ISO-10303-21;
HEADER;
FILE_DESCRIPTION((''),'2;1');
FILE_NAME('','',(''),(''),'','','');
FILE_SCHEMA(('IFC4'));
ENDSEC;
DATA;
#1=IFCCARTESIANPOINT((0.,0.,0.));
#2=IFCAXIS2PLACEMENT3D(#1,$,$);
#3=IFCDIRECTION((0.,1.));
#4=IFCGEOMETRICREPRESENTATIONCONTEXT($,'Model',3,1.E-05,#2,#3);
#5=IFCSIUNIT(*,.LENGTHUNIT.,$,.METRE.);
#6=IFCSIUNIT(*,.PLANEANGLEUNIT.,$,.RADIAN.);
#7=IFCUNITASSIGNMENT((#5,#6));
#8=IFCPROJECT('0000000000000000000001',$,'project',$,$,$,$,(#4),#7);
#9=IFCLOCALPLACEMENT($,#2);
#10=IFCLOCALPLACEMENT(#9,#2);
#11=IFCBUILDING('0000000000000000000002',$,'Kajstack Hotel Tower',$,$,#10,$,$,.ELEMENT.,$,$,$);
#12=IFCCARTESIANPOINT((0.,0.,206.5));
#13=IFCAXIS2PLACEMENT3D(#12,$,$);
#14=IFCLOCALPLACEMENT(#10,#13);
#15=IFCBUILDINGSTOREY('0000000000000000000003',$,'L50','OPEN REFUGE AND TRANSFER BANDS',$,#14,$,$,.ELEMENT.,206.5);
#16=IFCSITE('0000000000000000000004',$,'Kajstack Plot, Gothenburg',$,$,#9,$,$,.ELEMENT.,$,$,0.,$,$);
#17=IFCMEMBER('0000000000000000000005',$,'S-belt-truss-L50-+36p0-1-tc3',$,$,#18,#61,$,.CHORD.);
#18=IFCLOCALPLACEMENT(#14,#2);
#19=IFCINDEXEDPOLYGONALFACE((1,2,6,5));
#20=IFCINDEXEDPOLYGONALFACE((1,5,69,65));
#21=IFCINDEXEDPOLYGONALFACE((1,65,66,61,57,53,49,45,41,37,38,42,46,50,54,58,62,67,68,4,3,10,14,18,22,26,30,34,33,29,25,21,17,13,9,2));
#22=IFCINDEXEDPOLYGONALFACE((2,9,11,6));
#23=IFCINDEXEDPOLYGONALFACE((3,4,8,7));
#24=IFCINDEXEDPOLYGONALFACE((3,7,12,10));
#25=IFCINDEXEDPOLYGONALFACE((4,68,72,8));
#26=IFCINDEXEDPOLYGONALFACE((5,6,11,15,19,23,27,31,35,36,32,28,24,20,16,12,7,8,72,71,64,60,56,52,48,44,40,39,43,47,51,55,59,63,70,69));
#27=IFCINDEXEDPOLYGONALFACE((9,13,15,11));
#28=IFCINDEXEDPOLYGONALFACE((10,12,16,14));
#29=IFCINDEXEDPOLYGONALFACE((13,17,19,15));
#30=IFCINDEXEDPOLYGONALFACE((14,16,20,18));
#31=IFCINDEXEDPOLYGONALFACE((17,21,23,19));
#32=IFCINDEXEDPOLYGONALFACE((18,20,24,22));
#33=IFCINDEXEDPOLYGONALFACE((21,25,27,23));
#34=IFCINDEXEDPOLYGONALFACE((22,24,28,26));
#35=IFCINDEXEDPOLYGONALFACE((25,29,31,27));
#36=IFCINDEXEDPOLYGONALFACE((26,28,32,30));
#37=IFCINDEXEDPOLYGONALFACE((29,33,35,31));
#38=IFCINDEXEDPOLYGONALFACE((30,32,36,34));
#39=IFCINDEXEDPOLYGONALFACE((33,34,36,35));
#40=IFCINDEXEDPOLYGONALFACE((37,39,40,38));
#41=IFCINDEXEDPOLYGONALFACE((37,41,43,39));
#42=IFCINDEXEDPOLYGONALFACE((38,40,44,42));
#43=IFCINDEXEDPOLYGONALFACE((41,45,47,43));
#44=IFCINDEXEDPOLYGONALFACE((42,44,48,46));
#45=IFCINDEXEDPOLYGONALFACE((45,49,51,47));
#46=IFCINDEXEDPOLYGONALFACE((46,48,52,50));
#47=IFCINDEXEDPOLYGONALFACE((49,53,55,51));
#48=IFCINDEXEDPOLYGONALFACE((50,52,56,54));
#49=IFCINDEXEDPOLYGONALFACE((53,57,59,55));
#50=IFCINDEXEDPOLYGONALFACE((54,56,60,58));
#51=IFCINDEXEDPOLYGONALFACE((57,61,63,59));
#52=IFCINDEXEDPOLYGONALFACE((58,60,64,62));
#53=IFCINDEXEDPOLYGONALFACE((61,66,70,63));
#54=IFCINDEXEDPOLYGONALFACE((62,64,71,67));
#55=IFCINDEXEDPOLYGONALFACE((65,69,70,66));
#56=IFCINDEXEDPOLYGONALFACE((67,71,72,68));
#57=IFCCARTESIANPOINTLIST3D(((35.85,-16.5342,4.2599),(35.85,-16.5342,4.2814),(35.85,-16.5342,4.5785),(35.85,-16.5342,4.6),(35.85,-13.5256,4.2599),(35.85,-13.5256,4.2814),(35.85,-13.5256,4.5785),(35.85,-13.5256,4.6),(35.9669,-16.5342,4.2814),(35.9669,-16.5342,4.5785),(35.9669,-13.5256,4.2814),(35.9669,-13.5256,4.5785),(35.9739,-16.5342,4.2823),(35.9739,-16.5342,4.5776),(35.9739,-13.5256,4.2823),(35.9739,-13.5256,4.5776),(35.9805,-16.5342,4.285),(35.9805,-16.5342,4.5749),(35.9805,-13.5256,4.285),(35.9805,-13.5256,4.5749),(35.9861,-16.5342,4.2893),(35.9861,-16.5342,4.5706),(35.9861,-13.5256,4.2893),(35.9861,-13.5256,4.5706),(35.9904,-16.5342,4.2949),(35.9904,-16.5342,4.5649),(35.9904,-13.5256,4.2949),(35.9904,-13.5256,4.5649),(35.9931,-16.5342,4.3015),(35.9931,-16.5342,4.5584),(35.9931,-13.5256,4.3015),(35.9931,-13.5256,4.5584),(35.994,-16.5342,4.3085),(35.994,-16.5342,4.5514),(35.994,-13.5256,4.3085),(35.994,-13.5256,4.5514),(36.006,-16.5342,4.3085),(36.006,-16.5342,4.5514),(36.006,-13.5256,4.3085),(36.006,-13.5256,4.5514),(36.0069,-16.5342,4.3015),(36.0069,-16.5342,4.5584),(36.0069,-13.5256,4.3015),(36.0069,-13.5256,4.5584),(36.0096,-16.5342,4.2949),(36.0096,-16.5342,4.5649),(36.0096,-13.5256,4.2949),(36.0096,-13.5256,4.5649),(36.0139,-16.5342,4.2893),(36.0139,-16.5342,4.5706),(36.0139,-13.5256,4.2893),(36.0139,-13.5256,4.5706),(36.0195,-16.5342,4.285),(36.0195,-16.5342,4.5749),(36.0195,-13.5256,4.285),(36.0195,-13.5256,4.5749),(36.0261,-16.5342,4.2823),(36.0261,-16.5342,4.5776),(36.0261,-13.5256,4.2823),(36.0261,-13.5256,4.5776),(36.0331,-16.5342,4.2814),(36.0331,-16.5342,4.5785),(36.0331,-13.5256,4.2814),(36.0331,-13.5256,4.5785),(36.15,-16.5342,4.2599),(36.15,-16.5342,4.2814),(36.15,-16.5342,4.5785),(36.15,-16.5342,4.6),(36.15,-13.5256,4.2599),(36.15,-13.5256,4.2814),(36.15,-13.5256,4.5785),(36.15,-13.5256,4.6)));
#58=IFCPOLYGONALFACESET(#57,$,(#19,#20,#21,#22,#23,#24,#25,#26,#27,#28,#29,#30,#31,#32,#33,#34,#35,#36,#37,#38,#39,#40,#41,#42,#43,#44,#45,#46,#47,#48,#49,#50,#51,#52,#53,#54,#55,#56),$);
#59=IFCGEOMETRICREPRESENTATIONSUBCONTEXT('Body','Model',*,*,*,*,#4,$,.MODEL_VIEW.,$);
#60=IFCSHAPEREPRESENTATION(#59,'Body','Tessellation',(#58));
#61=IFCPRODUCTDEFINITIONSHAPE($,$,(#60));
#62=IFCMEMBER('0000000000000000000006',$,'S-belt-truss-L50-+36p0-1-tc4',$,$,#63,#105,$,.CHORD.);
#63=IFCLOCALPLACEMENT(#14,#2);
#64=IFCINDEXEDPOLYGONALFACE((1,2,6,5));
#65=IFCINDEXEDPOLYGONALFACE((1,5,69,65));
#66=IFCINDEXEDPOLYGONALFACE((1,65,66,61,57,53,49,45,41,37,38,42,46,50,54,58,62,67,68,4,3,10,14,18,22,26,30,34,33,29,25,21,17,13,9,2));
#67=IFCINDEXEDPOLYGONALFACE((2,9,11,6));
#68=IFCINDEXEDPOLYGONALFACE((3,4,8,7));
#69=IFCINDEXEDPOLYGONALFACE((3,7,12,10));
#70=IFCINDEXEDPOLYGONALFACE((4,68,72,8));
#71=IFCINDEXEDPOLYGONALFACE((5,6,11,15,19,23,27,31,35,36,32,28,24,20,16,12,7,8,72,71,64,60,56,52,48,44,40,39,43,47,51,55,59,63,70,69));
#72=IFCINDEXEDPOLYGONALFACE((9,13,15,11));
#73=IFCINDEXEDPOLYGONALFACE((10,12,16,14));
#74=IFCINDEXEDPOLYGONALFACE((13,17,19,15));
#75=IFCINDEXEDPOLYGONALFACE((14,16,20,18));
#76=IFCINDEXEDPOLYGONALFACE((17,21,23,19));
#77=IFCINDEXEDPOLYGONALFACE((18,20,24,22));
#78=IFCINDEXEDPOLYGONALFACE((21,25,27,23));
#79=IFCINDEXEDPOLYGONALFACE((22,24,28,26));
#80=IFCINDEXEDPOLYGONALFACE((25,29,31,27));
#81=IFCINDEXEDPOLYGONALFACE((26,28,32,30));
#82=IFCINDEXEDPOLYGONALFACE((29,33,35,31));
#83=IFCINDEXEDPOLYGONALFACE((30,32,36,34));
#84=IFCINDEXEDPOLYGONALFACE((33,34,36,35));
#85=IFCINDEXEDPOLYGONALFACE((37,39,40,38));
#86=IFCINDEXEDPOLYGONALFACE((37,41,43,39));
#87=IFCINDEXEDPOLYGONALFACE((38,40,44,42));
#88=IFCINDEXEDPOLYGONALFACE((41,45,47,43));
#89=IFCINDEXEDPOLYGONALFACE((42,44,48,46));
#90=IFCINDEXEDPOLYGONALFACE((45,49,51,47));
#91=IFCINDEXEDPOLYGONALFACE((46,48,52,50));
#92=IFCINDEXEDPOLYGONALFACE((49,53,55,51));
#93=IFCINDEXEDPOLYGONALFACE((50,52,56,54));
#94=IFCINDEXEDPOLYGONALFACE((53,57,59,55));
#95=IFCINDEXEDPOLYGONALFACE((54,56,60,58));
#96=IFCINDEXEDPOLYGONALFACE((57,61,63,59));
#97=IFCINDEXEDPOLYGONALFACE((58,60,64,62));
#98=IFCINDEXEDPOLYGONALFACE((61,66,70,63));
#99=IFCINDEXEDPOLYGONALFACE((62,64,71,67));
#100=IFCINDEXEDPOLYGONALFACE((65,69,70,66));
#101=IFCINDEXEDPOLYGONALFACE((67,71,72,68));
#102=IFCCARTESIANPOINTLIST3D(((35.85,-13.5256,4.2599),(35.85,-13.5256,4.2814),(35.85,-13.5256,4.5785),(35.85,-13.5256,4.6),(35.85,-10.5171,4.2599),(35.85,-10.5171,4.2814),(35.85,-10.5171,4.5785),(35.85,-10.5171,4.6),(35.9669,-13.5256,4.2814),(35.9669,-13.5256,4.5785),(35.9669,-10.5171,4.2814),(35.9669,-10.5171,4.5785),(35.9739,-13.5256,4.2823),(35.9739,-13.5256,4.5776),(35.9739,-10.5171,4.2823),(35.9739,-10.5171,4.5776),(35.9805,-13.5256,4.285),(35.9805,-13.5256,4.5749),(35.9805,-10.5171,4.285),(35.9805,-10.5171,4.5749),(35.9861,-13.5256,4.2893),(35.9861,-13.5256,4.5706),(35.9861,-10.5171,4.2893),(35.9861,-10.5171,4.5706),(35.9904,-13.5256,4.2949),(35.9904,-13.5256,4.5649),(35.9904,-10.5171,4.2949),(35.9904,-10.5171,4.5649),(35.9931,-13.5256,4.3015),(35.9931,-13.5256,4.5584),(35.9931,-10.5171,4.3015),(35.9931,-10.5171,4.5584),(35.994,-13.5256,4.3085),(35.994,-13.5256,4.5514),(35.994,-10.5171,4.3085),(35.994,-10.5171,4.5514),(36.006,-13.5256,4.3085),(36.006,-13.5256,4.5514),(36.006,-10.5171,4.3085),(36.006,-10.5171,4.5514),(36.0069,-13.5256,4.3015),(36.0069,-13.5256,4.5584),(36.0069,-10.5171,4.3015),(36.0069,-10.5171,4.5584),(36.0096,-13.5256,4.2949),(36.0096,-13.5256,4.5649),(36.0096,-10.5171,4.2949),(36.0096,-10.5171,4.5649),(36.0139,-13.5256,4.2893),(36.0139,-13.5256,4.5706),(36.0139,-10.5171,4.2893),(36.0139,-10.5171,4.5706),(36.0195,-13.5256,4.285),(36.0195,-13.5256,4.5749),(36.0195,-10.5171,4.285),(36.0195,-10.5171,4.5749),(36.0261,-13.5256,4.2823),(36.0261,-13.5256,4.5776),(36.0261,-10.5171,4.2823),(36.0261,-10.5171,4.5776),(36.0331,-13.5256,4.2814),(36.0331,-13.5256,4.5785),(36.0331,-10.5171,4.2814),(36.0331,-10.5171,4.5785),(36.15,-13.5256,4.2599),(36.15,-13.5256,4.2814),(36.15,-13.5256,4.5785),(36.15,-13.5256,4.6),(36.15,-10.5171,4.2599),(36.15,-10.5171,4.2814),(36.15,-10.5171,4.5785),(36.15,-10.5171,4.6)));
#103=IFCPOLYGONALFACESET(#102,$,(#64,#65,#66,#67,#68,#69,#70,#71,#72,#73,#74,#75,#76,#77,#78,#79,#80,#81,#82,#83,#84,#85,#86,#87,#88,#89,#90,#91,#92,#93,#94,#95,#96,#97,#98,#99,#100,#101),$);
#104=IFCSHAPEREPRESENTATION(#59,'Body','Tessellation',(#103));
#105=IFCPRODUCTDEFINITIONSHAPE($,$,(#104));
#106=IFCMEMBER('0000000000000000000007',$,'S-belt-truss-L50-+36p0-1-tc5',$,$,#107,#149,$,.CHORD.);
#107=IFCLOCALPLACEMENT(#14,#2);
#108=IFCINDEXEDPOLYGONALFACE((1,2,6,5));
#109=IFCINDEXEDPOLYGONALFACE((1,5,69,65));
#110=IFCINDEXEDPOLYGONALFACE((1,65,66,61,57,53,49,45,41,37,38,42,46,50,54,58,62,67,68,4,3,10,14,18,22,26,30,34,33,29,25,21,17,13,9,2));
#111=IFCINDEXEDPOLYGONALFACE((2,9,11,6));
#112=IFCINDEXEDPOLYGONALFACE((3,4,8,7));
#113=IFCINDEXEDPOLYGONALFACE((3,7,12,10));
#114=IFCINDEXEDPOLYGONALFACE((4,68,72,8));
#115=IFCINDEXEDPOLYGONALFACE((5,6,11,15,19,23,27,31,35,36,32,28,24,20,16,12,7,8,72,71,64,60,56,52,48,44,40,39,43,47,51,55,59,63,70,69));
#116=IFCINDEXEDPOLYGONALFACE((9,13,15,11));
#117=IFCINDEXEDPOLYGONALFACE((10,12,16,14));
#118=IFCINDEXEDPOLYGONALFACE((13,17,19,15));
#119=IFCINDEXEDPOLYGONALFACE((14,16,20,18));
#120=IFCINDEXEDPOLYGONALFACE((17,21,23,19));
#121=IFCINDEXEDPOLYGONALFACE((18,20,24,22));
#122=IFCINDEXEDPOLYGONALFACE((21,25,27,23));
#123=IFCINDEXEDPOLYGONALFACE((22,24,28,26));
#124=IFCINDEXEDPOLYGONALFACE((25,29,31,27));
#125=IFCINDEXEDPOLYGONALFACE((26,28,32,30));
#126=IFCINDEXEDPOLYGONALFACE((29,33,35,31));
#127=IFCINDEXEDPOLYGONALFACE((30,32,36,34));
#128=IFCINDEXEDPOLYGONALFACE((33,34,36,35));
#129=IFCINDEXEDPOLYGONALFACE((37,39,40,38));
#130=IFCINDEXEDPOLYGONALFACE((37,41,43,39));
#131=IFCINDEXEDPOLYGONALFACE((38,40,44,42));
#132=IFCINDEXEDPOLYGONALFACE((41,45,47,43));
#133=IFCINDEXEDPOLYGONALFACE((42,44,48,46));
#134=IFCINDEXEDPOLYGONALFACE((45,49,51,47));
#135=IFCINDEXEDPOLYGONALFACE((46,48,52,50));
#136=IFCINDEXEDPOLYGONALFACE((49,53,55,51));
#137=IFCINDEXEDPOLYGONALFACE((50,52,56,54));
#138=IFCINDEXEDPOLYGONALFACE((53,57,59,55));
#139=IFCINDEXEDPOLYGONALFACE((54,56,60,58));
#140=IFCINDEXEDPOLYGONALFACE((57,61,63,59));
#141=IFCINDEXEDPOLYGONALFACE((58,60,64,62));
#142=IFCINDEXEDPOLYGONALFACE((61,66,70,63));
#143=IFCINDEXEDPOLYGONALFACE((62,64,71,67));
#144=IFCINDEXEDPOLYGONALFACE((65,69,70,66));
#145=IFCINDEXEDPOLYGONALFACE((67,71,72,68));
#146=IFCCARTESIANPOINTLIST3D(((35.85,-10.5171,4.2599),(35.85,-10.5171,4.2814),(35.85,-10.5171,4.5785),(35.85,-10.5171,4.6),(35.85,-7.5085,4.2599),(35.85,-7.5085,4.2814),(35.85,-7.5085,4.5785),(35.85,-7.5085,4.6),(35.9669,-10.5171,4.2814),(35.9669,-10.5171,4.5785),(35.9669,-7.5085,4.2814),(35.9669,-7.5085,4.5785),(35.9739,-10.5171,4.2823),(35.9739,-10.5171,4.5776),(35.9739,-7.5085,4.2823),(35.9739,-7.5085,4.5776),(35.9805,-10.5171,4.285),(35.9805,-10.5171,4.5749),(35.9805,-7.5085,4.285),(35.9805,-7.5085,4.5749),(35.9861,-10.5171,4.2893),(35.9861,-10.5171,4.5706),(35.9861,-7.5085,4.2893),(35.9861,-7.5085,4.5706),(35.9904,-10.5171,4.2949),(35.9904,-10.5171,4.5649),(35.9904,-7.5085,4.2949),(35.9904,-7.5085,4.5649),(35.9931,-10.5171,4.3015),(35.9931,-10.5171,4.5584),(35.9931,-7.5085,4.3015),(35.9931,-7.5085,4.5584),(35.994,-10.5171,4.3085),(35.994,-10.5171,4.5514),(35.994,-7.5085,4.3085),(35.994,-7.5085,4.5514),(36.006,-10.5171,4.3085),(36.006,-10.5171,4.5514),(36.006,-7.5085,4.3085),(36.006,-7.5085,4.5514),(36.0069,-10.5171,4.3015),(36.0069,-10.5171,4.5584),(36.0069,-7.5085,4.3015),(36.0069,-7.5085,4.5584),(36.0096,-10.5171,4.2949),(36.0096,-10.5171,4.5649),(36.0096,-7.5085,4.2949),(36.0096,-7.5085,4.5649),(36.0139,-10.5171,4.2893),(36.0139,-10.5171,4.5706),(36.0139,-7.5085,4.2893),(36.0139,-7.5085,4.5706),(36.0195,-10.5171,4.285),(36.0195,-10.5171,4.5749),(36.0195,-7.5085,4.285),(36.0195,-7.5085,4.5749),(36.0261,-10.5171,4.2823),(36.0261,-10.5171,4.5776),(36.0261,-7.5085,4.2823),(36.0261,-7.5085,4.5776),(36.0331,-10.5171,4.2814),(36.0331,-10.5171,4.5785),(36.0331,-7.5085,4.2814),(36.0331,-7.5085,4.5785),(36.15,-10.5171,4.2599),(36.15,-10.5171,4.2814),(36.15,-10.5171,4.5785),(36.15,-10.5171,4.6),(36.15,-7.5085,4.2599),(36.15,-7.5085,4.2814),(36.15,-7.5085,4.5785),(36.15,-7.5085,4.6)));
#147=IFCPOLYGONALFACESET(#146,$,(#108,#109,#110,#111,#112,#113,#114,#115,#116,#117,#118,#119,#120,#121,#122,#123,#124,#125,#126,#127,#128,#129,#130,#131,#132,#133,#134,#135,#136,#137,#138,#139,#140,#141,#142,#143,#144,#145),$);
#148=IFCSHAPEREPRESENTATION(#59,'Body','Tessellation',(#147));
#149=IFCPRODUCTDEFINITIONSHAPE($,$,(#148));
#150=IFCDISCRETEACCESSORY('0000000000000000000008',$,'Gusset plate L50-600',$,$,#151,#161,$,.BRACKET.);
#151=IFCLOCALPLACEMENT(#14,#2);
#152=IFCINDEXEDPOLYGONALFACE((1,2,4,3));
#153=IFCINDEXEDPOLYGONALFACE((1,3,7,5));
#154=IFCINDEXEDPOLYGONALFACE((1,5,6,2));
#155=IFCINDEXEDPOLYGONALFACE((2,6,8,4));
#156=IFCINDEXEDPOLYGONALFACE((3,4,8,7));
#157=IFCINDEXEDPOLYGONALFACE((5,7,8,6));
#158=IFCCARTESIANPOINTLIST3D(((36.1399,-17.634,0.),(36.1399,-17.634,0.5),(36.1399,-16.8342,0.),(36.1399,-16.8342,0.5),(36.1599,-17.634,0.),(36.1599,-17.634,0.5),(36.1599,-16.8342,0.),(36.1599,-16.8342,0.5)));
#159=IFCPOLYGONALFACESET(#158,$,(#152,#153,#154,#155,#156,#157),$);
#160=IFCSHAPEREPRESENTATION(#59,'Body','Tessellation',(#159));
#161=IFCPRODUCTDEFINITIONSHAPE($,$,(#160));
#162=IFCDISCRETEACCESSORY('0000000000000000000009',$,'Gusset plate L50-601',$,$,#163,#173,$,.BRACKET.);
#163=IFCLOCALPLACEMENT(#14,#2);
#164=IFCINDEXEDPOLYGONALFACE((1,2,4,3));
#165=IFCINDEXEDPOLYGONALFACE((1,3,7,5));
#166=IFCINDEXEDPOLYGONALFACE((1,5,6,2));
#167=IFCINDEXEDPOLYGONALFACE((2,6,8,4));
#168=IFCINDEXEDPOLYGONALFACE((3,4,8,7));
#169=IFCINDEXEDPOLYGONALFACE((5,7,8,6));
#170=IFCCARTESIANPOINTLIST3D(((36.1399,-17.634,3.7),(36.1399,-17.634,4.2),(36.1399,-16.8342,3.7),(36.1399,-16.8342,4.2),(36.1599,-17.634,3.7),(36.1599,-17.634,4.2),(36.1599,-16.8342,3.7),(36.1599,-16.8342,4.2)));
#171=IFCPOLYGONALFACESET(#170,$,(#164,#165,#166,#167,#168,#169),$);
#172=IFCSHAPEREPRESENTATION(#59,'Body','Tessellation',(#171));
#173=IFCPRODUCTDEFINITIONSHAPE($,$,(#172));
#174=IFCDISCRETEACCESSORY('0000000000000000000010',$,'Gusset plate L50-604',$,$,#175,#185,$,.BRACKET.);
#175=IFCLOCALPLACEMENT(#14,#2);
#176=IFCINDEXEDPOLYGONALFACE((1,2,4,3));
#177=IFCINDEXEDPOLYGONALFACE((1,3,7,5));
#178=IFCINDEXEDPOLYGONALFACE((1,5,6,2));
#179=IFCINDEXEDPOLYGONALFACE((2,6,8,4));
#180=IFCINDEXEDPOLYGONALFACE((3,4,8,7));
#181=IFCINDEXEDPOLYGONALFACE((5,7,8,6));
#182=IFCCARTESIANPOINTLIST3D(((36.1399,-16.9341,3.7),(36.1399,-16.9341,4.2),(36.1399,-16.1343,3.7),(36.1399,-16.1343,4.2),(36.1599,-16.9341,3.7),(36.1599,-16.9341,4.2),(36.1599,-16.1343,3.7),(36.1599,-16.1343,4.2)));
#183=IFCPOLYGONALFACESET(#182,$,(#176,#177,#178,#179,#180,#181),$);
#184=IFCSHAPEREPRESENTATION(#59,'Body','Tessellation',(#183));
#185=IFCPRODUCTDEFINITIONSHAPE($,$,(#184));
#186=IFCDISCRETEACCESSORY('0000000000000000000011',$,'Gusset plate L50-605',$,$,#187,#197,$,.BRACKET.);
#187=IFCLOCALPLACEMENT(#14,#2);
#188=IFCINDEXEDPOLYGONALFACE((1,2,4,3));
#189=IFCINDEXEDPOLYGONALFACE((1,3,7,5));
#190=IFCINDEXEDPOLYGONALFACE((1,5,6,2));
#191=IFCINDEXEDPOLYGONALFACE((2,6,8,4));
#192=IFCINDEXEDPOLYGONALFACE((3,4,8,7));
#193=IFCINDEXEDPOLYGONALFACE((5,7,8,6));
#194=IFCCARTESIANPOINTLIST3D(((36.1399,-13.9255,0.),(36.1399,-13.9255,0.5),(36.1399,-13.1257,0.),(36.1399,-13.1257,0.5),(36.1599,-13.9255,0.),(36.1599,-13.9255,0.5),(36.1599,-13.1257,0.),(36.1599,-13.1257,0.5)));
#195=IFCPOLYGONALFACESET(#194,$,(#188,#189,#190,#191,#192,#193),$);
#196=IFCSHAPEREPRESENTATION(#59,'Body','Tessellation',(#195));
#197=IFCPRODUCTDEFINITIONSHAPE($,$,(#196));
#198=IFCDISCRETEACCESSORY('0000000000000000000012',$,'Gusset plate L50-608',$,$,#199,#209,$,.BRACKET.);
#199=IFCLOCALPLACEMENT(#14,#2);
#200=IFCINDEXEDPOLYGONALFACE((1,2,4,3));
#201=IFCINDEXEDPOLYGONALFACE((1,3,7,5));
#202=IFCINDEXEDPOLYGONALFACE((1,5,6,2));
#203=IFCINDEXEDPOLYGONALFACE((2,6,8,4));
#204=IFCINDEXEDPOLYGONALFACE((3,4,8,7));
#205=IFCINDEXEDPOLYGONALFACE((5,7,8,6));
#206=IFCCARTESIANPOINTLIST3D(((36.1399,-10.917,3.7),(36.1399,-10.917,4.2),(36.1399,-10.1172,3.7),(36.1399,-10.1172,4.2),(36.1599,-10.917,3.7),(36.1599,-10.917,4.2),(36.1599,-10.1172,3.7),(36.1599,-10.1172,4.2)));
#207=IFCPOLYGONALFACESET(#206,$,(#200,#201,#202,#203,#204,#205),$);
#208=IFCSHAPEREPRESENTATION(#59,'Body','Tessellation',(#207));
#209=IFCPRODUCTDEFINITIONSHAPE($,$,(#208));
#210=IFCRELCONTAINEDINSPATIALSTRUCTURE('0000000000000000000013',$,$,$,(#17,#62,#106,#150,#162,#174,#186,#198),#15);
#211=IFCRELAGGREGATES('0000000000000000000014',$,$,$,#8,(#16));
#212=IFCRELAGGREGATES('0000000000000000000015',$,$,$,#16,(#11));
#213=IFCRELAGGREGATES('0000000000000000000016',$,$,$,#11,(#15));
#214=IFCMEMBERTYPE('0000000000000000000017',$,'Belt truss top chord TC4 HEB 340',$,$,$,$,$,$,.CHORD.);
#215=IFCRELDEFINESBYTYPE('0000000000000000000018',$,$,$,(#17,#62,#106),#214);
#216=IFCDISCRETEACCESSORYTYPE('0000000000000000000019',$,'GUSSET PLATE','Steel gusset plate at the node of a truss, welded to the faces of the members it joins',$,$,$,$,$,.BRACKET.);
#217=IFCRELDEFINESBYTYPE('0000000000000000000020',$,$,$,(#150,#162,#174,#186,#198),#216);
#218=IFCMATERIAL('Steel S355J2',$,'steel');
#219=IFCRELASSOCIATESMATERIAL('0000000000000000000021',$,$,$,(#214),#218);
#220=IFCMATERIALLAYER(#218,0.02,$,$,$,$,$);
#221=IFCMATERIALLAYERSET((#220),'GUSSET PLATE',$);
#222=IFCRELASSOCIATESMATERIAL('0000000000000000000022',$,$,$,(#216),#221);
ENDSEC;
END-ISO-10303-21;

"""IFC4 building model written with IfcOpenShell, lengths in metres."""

from ifc_helpers import new_model, si_unit, direction, frame, origin, origin_2d, place, context, subcontext, project, spatial, polyline, i_section, outline, extrude, material, layer, layer_set, material_profile, profile_set, type_object, element, save


model = new_model("IFC4")

# Units and contexts
model_context = context("Model", 3, precision=1e-05, world=origin(), true_north=direction((0.0, 1.0)))
body_context = subcontext(model_context, "Body", "Model", "MODEL_VIEW")
ifc_project = project(units=[si_unit("LENGTHUNIT", "METRE"), si_unit("PLANEANGLEUNIT", "RADIAN")], contexts=[model_context])

# Site, building, storey
site_placement = place(None, origin())
site = spatial("IfcSite", under=ifc_project, at=site_placement, Name="Kajstack Plot, Gothenburg", CompositionType="ELEMENT", RefElevation=0.0)
building_placement = place(site_placement, origin())
building = spatial("IfcBuilding", under=site, at=building_placement, Name="Kajstack Hotel Tower", CompositionType="ELEMENT")
storey_placement = place(building_placement, frame((0.0, 0.0, 206.5)))
storey = spatial("IfcBuildingStorey", under=building, at=storey_placement, Name="L50", Description="OPEN REFUGE AND TRANSFER BANDS", CompositionType="ELEMENT", Elevation=206.5)

# Members
ifc_material = material(Name="Steel S355J2", Category="steel")
ifc_material_profile_1 = material_profile(ifc_material, i_section(OverallWidth=0.3, OverallDepth=0.3401, WebThickness=0.012, FlangeThickness=0.0215, FilletRadius=0.0271, at=origin_2d()), Name="HEB 340")
ifc_profile_set_1 = profile_set([ifc_material_profile_1], Name="Steel S355J2")
member_type_1 = type_object("IfcMemberType", Name="Belt truss top chord TC4 HEB 340", PredefinedType="CHORD", material=ifc_profile_set_1)
for number, where, z_axis, x_axis, name in (
    (1, (36.0, -16.5342, 4.4299), (0.0, 1.0, 0.0), (-1.0, 0.0, 0.0), "S-belt-truss-L50-+36p0-1-tc3"),
    (2, (36.0, -13.5256, 4.4299), (0.0, 1.0, 0.0), (-1.0, 0.0, 0.0), "S-belt-truss-L50-+36p0-1-tc4"),
    (3, (36.0, -10.5171, 4.4299), (0.0, 1.0, 0.0), (-1.0, 0.0, 0.0), "S-belt-truss-L50-+36p0-1-tc5"),
):
    element("IfcMember", number, at=place(storey_placement, frame(where, z_axis=z_axis, x_axis=x_axis)), inside=storey, type_object=member_type_1, Name=name, PredefinedType="CHORD", context=body_context, shape_type="SweptSolid", body=[
        extrude(i_section(OverallWidth=0.3, OverallDepth=0.3401, WebThickness=0.012, FlangeThickness=0.0215, FilletRadius=0.0271, at=origin_2d()), origin(), (0.0, 0.0, 1.0), 3.0085),
    ])

# Discrete accessories
ifc_layer = layer(ifc_material, 0.02)
ifc_layer_set = layer_set([ifc_layer], Name="GUSSET PLATE")
discrete_accessory_type = type_object("IfcDiscreteAccessoryType", Name="GUSSET PLATE", Description="Steel gusset plate at the node of a truss, welded to the faces of the members it joins", PredefinedType="BRACKET", material=ifc_layer_set)
for number, where, z_axis, x_axis, name in (
    (4, (36.1399, -17.2341, 0.0), (1.0, 0.0, 0.0), (0.0, 1.0, 0.0), "Gusset plate L50-600"),
    (5, (36.1399, -17.2341, 3.7), (1.0, 0.0, 0.0), (0.0, 1.0, 0.0), "Gusset plate L50-601"),
):
    element("IfcDiscreteAccessory", number, at=place(storey_placement, frame(where, z_axis=z_axis, x_axis=x_axis)), inside=storey, type_object=discrete_accessory_type, Name=name, PredefinedType="BRACKET", context=body_context, shape_type="SweptSolid", body=[
        extrude(outline(polyline([(-0.3999, 0.0), (0.3999, 0.0), (0.3999, 0.5), (-0.3999, 0.5), (-0.3999, 0.0)])), origin(), (0.0, 0.0, 1.0), 0.02),
    ])
for number, where, z_axis, x_axis, name in (
    (6, (36.1399, -16.5342, 3.7), (1.0, 0.0, 0.0), (0.0, 1.0, 0.0), "Gusset plate L50-604"),
    (7, (36.1399, -13.5256, 0.0), (1.0, 0.0, 0.0), (0.0, 1.0, 0.0), "Gusset plate L50-605"),
    (8, (36.1399, -10.5171, 3.7), (1.0, 0.0, 0.0), (0.0, 1.0, 0.0), "Gusset plate L50-608"),
):
    element("IfcDiscreteAccessory", number, at=place(storey_placement, frame(where, z_axis=z_axis, x_axis=x_axis)), inside=storey, type_object=discrete_accessory_type, Name=name, PredefinedType="BRACKET", context=body_context, shape_type="SweptSolid", body=[
        extrude(outline(polyline([(-0.3999, 0.0), (0.3999, 0.0), (0.3999, 0.5), (-0.3999, 0.5), (-0.3999, 0.0)])), origin(), (0.0, 0.0, 1.0), 0.02),
    ])

save(model, "model.ifc")
